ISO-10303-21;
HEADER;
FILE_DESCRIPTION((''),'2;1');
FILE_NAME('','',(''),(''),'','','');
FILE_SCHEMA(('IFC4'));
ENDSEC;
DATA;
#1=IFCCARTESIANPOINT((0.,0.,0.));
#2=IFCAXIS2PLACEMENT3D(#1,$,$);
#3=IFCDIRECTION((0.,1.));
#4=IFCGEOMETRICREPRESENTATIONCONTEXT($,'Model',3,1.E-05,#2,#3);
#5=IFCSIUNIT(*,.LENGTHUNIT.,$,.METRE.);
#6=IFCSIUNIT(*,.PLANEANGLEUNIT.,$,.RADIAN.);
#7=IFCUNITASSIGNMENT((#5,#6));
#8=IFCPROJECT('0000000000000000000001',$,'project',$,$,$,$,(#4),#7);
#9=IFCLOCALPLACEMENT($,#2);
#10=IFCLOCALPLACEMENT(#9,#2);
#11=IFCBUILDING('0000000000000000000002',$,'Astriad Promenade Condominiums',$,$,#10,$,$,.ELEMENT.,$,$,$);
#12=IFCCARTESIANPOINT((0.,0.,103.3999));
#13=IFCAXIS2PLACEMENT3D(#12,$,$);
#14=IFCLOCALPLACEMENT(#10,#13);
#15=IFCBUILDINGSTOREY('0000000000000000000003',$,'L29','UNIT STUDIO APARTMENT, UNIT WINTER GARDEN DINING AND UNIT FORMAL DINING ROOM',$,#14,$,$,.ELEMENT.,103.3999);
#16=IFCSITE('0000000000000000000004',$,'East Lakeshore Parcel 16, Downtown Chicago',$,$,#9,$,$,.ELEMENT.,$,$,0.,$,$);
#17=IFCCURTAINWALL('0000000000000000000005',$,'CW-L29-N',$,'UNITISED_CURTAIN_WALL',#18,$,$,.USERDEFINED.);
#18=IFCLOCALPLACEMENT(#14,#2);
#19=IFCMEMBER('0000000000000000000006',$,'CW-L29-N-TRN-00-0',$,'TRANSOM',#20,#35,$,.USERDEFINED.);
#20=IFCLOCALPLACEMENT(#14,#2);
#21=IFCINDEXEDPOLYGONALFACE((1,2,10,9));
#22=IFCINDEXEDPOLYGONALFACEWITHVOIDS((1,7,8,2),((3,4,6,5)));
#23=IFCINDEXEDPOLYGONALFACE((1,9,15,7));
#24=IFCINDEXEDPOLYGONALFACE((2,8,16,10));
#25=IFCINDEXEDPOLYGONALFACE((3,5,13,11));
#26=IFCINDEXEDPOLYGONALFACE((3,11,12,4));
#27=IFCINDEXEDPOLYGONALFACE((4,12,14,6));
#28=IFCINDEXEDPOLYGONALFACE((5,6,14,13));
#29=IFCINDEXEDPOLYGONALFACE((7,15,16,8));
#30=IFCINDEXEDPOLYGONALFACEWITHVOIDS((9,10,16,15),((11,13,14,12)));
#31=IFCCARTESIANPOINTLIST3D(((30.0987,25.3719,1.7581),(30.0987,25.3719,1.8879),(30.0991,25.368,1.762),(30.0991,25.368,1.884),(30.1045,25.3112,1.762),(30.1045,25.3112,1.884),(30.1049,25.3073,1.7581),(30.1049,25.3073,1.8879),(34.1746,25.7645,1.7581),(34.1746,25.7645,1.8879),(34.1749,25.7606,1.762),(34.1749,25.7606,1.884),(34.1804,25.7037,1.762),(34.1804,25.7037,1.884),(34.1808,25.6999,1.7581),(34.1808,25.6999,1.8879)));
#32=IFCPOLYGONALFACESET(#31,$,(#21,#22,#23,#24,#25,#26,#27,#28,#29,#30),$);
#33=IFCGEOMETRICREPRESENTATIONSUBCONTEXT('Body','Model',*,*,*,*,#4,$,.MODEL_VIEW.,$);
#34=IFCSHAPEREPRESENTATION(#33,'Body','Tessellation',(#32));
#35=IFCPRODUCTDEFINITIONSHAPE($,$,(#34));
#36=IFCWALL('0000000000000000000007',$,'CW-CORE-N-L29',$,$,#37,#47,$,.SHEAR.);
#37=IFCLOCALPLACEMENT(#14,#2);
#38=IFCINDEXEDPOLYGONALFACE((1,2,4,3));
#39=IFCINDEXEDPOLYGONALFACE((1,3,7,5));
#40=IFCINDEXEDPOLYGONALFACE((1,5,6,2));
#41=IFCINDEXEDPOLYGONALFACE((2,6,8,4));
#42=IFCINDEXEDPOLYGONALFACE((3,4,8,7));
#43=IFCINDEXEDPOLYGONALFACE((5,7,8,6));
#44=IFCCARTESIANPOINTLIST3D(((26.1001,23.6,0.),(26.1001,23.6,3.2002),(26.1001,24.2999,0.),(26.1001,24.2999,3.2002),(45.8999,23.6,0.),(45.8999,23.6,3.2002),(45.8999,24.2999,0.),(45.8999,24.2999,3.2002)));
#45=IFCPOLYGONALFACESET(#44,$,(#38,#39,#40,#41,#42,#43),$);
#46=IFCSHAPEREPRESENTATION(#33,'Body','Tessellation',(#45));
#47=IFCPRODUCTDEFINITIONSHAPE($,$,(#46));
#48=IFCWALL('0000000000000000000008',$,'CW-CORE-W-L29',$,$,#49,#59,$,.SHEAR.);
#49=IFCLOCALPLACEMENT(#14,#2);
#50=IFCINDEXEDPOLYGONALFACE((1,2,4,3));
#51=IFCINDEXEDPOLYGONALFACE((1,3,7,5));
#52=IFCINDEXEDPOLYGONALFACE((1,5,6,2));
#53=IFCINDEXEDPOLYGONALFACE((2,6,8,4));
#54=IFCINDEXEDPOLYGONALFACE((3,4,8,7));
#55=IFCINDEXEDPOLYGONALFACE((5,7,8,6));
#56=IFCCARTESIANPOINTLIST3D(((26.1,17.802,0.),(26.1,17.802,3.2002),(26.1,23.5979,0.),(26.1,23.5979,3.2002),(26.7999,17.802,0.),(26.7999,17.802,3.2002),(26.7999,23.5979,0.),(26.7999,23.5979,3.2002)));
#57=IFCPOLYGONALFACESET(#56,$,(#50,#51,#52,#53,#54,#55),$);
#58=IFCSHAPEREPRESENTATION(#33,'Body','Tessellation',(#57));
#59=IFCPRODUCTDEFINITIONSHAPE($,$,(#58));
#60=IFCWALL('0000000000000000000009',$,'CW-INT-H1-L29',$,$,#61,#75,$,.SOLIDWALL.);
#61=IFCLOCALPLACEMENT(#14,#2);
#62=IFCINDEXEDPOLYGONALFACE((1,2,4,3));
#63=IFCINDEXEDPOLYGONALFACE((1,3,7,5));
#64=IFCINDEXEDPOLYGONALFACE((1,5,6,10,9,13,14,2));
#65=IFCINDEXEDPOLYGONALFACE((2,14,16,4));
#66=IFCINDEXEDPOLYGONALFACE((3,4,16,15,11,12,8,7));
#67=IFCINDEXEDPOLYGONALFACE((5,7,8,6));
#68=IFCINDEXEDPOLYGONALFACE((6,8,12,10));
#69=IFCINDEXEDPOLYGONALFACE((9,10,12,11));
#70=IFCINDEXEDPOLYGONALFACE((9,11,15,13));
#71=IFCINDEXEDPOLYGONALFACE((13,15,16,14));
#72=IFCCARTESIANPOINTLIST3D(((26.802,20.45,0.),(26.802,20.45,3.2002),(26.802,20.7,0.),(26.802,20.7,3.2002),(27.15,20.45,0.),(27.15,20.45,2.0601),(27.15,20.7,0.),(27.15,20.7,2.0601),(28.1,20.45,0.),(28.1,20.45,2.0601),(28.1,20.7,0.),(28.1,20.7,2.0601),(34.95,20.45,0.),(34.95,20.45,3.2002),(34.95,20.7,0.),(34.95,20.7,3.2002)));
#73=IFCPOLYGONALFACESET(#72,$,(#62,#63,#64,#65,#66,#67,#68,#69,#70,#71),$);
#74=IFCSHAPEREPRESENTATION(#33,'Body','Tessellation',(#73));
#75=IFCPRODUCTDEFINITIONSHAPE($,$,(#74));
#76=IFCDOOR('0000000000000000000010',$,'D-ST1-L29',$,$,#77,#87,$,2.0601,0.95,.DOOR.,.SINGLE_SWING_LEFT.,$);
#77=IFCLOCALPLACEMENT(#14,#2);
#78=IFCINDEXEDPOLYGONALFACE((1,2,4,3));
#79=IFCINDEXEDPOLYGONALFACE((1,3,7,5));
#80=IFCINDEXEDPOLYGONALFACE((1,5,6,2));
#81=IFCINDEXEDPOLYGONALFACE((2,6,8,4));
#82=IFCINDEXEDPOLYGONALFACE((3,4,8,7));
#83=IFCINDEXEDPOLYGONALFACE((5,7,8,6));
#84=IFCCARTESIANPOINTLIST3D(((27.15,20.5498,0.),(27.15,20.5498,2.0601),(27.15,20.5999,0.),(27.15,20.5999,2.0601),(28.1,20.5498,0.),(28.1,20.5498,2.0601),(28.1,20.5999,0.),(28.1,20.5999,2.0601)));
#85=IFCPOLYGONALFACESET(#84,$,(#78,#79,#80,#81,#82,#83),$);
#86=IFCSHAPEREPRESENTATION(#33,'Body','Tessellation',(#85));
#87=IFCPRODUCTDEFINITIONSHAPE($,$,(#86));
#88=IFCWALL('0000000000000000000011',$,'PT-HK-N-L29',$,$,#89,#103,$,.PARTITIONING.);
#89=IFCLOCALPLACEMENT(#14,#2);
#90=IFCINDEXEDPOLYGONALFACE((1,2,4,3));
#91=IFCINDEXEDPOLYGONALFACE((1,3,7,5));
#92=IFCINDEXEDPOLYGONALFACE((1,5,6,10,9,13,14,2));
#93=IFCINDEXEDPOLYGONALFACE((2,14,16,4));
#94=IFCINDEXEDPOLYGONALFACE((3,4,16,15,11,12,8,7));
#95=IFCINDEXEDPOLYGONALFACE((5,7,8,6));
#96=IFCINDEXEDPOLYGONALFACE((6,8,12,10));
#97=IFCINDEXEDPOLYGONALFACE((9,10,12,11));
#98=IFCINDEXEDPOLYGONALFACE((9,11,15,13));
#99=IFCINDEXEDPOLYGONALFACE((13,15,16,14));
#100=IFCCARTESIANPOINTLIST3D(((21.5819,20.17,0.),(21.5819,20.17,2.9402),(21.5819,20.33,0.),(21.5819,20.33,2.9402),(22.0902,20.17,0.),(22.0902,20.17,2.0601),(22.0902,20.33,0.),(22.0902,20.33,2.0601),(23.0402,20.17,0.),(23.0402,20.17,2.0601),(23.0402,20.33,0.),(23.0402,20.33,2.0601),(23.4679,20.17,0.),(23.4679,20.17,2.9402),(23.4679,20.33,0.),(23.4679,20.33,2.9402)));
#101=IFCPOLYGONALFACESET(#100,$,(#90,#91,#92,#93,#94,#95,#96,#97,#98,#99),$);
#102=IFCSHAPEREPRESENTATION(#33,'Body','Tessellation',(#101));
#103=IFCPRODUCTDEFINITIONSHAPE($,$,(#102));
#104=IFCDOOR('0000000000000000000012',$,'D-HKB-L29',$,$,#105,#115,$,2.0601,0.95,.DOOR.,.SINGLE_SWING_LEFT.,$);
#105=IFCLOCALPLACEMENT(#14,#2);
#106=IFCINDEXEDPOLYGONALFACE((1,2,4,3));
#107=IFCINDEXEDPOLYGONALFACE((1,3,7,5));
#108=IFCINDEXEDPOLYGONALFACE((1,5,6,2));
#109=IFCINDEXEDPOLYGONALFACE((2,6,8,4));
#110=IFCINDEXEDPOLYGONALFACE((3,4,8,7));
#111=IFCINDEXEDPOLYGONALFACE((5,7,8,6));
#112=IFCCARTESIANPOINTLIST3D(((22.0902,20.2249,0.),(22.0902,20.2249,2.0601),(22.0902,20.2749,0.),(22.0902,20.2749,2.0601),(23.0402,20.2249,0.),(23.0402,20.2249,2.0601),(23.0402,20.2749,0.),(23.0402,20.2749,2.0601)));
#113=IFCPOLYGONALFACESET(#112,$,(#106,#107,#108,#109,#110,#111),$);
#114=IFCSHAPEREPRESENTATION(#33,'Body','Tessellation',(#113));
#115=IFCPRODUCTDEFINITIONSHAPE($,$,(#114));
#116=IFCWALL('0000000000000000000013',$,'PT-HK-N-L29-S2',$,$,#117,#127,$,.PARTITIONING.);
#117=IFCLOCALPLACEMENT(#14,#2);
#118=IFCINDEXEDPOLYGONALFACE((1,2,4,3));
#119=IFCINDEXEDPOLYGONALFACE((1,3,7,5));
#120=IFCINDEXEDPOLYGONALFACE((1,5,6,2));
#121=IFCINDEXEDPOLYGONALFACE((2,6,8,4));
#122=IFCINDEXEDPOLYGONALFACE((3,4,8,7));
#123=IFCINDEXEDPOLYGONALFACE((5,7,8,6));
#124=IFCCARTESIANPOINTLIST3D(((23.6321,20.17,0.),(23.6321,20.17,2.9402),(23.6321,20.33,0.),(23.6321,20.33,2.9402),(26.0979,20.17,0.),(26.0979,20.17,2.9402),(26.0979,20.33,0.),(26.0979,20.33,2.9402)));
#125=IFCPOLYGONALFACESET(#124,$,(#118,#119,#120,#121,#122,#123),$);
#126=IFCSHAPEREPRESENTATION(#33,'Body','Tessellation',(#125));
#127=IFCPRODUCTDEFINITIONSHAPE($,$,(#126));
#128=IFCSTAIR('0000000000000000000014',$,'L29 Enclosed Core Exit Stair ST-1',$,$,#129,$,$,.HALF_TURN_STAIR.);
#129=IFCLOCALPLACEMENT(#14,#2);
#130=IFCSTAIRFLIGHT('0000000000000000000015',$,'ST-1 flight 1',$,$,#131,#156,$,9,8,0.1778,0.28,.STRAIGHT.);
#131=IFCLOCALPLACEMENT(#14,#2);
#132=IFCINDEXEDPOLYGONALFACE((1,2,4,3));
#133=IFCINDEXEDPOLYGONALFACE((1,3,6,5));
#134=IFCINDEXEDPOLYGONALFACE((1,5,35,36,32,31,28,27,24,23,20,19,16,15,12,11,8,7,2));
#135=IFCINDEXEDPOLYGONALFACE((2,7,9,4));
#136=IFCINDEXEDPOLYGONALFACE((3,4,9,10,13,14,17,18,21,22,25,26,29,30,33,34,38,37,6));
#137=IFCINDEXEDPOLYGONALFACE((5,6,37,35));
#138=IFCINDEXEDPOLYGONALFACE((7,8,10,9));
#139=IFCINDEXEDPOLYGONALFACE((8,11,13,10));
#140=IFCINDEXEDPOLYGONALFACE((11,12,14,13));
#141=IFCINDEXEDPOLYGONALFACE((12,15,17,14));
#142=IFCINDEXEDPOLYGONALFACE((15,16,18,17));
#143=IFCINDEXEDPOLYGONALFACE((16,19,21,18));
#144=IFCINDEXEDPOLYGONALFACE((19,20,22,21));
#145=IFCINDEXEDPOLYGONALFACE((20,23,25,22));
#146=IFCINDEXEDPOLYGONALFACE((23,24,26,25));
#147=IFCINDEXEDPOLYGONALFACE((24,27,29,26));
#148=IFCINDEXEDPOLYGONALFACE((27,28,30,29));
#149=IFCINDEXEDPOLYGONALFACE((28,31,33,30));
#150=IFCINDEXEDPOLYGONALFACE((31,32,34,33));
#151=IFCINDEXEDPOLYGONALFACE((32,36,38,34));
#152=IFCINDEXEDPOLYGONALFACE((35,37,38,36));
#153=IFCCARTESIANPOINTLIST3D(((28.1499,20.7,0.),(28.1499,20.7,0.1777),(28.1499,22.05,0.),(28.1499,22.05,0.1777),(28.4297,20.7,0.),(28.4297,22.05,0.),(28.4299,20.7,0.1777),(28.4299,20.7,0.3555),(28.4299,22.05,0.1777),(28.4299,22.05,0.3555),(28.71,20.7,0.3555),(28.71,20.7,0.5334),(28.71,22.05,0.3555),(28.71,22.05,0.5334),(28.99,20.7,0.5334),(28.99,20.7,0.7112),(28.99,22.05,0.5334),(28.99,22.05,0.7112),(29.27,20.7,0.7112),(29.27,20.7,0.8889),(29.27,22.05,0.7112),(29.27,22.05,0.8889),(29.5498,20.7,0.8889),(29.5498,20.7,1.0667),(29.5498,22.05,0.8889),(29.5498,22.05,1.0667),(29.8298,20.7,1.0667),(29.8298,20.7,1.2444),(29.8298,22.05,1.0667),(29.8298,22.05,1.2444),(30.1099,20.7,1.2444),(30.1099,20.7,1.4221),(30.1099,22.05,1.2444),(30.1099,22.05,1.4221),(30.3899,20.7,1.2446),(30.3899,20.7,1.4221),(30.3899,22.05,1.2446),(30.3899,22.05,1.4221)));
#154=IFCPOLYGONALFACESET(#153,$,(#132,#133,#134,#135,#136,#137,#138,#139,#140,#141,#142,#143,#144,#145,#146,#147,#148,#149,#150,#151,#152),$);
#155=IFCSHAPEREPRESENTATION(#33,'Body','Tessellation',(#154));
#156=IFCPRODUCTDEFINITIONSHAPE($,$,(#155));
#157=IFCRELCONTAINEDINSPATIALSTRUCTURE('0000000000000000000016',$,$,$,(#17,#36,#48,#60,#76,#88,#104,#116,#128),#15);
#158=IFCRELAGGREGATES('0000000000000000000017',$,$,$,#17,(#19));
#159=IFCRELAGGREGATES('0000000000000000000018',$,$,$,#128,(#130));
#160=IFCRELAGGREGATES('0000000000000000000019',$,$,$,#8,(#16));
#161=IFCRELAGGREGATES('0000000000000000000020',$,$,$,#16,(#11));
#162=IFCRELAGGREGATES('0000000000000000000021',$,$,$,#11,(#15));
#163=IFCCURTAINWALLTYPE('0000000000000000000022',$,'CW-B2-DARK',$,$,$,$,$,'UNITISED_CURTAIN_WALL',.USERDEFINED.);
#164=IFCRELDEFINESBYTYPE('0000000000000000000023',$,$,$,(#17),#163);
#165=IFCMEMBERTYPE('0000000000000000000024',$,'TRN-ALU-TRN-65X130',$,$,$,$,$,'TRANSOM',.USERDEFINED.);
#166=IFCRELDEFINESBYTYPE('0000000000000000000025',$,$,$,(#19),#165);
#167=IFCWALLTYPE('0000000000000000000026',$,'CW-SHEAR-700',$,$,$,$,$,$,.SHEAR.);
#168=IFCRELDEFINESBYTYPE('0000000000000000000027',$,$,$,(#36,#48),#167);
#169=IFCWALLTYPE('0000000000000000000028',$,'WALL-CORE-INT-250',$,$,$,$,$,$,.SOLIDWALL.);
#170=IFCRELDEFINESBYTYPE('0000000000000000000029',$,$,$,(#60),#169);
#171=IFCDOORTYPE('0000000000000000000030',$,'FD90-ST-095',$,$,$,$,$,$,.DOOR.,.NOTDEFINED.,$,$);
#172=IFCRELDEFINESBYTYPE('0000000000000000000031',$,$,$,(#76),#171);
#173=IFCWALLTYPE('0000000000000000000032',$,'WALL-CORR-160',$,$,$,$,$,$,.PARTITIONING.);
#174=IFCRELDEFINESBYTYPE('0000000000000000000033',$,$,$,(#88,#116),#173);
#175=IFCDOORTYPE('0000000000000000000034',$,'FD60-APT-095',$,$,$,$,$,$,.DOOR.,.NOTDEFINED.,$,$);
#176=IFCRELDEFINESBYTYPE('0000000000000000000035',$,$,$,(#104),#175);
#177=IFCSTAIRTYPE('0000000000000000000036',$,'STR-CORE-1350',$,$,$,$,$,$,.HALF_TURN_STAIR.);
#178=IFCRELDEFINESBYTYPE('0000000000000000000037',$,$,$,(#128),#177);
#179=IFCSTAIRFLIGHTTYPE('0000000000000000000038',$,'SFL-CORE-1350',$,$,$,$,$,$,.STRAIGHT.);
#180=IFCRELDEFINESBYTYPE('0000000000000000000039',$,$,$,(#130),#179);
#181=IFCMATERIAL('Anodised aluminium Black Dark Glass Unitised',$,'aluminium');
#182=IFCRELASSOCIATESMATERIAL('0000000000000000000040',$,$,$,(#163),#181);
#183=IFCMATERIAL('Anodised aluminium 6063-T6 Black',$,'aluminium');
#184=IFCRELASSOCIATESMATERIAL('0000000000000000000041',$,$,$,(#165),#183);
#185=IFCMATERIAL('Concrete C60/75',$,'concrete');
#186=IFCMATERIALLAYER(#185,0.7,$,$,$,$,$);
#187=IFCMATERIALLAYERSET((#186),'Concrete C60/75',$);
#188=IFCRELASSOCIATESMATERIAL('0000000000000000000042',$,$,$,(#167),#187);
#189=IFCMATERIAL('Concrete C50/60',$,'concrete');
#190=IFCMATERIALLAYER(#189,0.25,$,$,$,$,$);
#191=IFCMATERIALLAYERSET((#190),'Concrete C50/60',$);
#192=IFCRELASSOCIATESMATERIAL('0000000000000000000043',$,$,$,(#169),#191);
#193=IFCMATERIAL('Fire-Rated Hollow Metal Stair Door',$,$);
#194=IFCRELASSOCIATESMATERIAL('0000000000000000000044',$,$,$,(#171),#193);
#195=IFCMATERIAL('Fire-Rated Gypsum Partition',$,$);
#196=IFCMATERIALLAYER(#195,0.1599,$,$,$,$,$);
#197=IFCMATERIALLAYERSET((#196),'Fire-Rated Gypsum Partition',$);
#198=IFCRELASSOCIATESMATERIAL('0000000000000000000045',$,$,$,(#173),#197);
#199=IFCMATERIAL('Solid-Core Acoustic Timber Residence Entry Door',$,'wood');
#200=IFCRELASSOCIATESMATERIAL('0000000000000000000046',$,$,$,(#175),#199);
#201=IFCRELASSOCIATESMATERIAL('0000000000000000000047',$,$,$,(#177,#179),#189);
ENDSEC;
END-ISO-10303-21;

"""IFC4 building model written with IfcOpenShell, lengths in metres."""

from ifc_helpers import new_model, si_unit, direction, frame, frame_2d, origin, origin_2d, place, context, subcontext, project, spatial, polyline, rectangle, hollow_rectangle, outline, extrude, source, transform, mapped, material, layer, layer_set, material_profile, profile_set, type_object, type_shapes, element, fill, aggregate, save


model = new_model("IFC4")

# Units and contexts
model_context = context("Model", 3, precision=1e-05, world=origin(), true_north=direction((0.0, 1.0)))
body_context = subcontext(model_context, "Body", "Model", "MODEL_VIEW")
ifc_project = project(units=[si_unit("LENGTHUNIT", "METRE"), si_unit("PLANEANGLEUNIT", "RADIAN")], contexts=[model_context])

# Site, building, storey
site_placement = place(None, origin())
site = spatial("IfcSite", under=ifc_project, at=site_placement, Name="East Lakeshore Parcel 16, Downtown Chicago", CompositionType="ELEMENT", RefElevation=0.0)
building_placement = place(site_placement, origin())
building = spatial("IfcBuilding", under=site, at=building_placement, Name="Astriad Promenade Condominiums", CompositionType="ELEMENT")
storey_placement = place(building_placement, frame((0.0, 0.0, 103.3999)))
storey = spatial("IfcBuildingStorey", under=building, at=storey_placement, Name="L29", Description="UNIT STUDIO APARTMENT, UNIT WINTER GARDEN DINING AND UNIT FORMAL DINING ROOM", CompositionType="ELEMENT", Elevation=103.3999)

# Shared definitions
ifc_material_1 = material(Name="Concrete C60/75", Category="concrete")

# Curtain wall, member
ifc_material_2 = material(Name="Anodised aluminium Black Dark Glass Unitised", Category="aluminium")
curtain_wall_type = type_object("IfcCurtainWallType", Name="CW-B2-DARK", ElementType="UNITISED_CURTAIN_WALL", PredefinedType="USERDEFINED", material=ifc_material_2)
curtain_wall_placement = place(storey_placement, origin())
curtain_wall = element("IfcCurtainWall", 1, at=curtain_wall_placement, inside=storey, type_object=curtain_wall_type, Name="CW-L29-N", ObjectType="UNITISED_CURTAIN_WALL", PredefinedType="USERDEFINED")
ifc_material_3 = material(Name="Anodised aluminium 6063-T6 Black", Category="aluminium")
ifc_material_profile_1 = material_profile(ifc_material_3, hollow_rectangle(XDim=0.0649, YDim=0.1299, WallThickness=0.0039, at=origin_2d()), Name="ALU-TRN-65X130")
ifc_profile_set_1 = profile_set([ifc_material_profile_1], Name="Anodised aluminium 6063-T6 Black")
member_type_1 = type_object("IfcMemberType", Name="TRN-ALU-TRN-65X130", ElementType="TRANSOM", PredefinedType="USERDEFINED", material=ifc_profile_set_1)
shared_shape_1 = source(origin(), body_context, "Body", "SweptSolid", [
    extrude(hollow_rectangle(XDim=0.0649, YDim=0.1299, WallThickness=0.0039, at=origin_2d()), origin(), (0.0, 0.0, 1.0), 4.0947),
])
type_shapes(member_type_1, [shared_shape_1])
member_1_placement = place(storey_placement, frame((30.1018, 25.3396, 1.823), z_axis=(0.995394, 0.095873, 0.0), x_axis=(-0.095873, 0.995394, 0.0)))
member_1 = element("IfcMember", 2, at=member_1_placement, type_object=member_type_1, Name="CW-L29-N-TRN-00-0", ObjectType="TRANSOM", PredefinedType="USERDEFINED", context=body_context, shape_type="MappedRepresentation", body=[
    mapped(shared_shape_1, transform((0.0, 0.0, 0.0), scale=1.0)),
])
aggregate(curtain_wall, [member_1])

# Walls
ifc_layer_1 = layer(ifc_material_1, 0.7)
ifc_layer_set_1 = layer_set([ifc_layer_1], Name="Concrete C60/75")
wall_type_1 = type_object("IfcWallType", Name="CW-SHEAR-700", PredefinedType="SHEAR", material=ifc_layer_set_1)
wall_1_placement = place(storey_placement, frame((26.1001, 23.95, 0.0), z_axis=(0.0, 0.0, 1.0), x_axis=(1.0, 0.0, 0.0)))
element("IfcWall", 3, at=wall_1_placement, inside=storey, type_object=wall_type_1, Name="CW-CORE-N-L29", PredefinedType="SHEAR", context=body_context, shape_type="SweptSolid", body=[
    extrude(rectangle(XDim=19.7998, YDim=0.7, at=frame_2d((9.8999, 0.0))), origin(), (0.0, 0.0, 1.0), 3.2002),
])
wall_2_placement = place(storey_placement, frame((26.45, 17.802, 0.0), z_axis=(0.0, 0.0, 1.0), x_axis=(0.0, 1.0, 0.0)))
element("IfcWall", 4, at=wall_2_placement, inside=storey, type_object=wall_type_1, Name="CW-CORE-W-L29", PredefinedType="SHEAR", context=body_context, shape_type="SweptSolid", body=[
    extrude(rectangle(XDim=5.7959, YDim=0.7, at=frame_2d((2.8979, 0.0))), origin(), (0.0, 0.0, 1.0), 3.2002),
])

# Walls, openings, doors
ifc_material_4 = material(Name="Concrete C50/60", Category="concrete")
ifc_layer_2 = layer(ifc_material_4, 0.25)
ifc_layer_set_2 = layer_set([ifc_layer_2], Name="Concrete C50/60")
wall_type_2 = type_object("IfcWallType", Name="WALL-CORE-INT-250", PredefinedType="SOLIDWALL", material=ifc_layer_set_2)
wall_3_placement = place(storey_placement, frame((26.802, 20.575, 0.0), z_axis=(0.0, 0.0, 1.0), x_axis=(1.0, 0.0, 0.0)))
wall_3 = element("IfcWall", 5, at=wall_3_placement, inside=storey, type_object=wall_type_2, Name="CW-INT-H1-L29", PredefinedType="SOLIDWALL", context=body_context, shape_type="SweptSolid", body=[
    extrude(rectangle(XDim=8.1479, YDim=0.25, at=frame_2d((4.074, 0.0))), origin(), (0.0, 0.0, 1.0), 3.2002),
])
opening_1_placement = place(wall_3_placement, frame((0.3479, 0.0, 0.0)))
opening_1 = element("IfcOpeningElement", 6, at=opening_1_placement, cuts=wall_3, PredefinedType="OPENING", context=body_context, shape_type="SweptSolid", body=[
    extrude(rectangle(XDim=0.95, YDim=2.0601, at=frame_2d((0.4751, 1.03))), frame((0.0, 0.135, 0.0), z_axis=(0.0, -1.0, 0.0), x_axis=(1.0, 0.0, 0.0)), (0.0, 0.0, 1.0), 0.27),
])
ifc_material_5 = material(Name="Fire-Rated Hollow Metal Stair Door")
door_type_1 = type_object("IfcDoorType", Name="FD90-ST-095", OperationType="NOTDEFINED", PredefinedType="DOOR", material=ifc_material_5)
shared_shape_2 = source(origin(), body_context, "Body", "SweptSolid", [
    extrude(rectangle(XDim=0.95, YDim=2.0601, at=frame_2d((0.4751, 1.03))), frame((0.0, 0.0249, 0.0), z_axis=(0.0, -1.0, 0.0), x_axis=(1.0, 0.0, 0.0)), (0.0, 0.0, 1.0), 0.05),
])
type_shapes(door_type_1, [shared_shape_2])
door_1_placement = place(opening_1_placement, origin())
door_1 = element("IfcDoor", 7, at=door_1_placement, inside=storey, type_object=door_type_1, Name="D-ST1-L29", OperationType="SINGLE_SWING_LEFT", OverallHeight=2.0601, OverallWidth=0.95, PredefinedType="DOOR", context=body_context, shape_type="MappedRepresentation", body=[
    mapped(shared_shape_2, transform((0.0, 0.0, 0.0), scale=1.0)),
])
fill(opening_1, door_1)
ifc_material_6 = material(Name="Fire-Rated Gypsum Partition")
ifc_layer_3 = layer(ifc_material_6, 0.1599)
ifc_layer_set_3 = layer_set([ifc_layer_3], Name="Fire-Rated Gypsum Partition")
wall_type_3 = type_object("IfcWallType", Name="WALL-CORR-160", PredefinedType="PARTITIONING", material=ifc_layer_set_3)
wall_4_placement = place(storey_placement, frame((21.582, 20.25, 0.0), z_axis=(0.0, 0.0, 1.0), x_axis=(1.0, 0.0, 0.0)))
wall_4 = element("IfcWall", 8, at=wall_4_placement, inside=storey, type_object=wall_type_3, Name="PT-HK-N-L29", PredefinedType="PARTITIONING", context=body_context, shape_type="SweptSolid", body=[
    extrude(rectangle(XDim=1.886, YDim=0.1599, at=frame_2d((0.9429, 0.0))), origin(), (0.0, 0.0, 1.0), 2.9402),
])
opening_2_placement = place(wall_4_placement, frame((0.5081, 0.0, 0.0)))
opening_2 = element("IfcOpeningElement", 9, at=opening_2_placement, cuts=wall_4, PredefinedType="OPENING", context=body_context, shape_type="SweptSolid", body=[
    extrude(rectangle(XDim=0.95, YDim=2.0601, at=frame_2d((0.4751, 1.03))), frame((0.0, 0.0898, 0.0), z_axis=(0.0, -1.0, 0.0), x_axis=(1.0, 0.0, 0.0)), (0.0, 0.0, 1.0), 0.1799),
])
ifc_material_7 = material(Name="Solid-Core Acoustic Timber Residence Entry Door", Category="wood")
door_type_2 = type_object("IfcDoorType", Name="FD60-APT-095", OperationType="NOTDEFINED", PredefinedType="DOOR", material=ifc_material_7)
shared_shape_3 = source(origin(), body_context, "Body", "SweptSolid", [
    extrude(rectangle(XDim=0.95, YDim=2.0601, at=frame_2d((0.4751, 1.03))), frame((0.0, 0.0249, 0.0), z_axis=(0.0, -1.0, 0.0), x_axis=(1.0, 0.0, 0.0)), (0.0, 0.0, 1.0), 0.05),
])
type_shapes(door_type_2, [shared_shape_3])
door_2_placement = place(opening_2_placement, origin())
door_2 = element("IfcDoor", 10, at=door_2_placement, inside=storey, type_object=door_type_2, Name="D-HKB-L29", OperationType="SINGLE_SWING_LEFT", OverallHeight=2.0601, OverallWidth=0.95, PredefinedType="DOOR", context=body_context, shape_type="MappedRepresentation", body=[
    mapped(shared_shape_3, transform((0.0, 0.0, 0.0), scale=1.0)),
])
fill(opening_2, door_2)

# Wall
wall_5_placement = place(storey_placement, frame((23.6321, 20.25, 0.0), z_axis=(0.0, 0.0, 1.0), x_axis=(1.0, 0.0, 0.0)))
element("IfcWall", 11, at=wall_5_placement, inside=storey, type_object=wall_type_3, Name="PT-HK-N-L29-S2", PredefinedType="PARTITIONING", context=body_context, shape_type="SweptSolid", body=[
    extrude(rectangle(XDim=2.4658, YDim=0.1599, at=frame_2d((1.2329, 0.0))), origin(), (0.0, 0.0, 1.0), 2.9402),
])

# Stair, stair flight
stair_type = type_object("IfcStairType", Name="STR-CORE-1350", PredefinedType="HALF_TURN_STAIR", material=ifc_material_4)
stair_placement = place(storey_placement, origin())
stair = element("IfcStair", 12, at=stair_placement, inside=storey, type_object=stair_type, Name="L29 Enclosed Core Exit Stair ST-1", PredefinedType="HALF_TURN_STAIR")
stair_flight_type = type_object("IfcStairFlightType", Name="SFL-CORE-1350", PredefinedType="STRAIGHT", material=ifc_material_4)
shared_shape_4 = source(origin(), body_context, "Body", "SweptSolid", [
    extrude(outline(polyline([(0.0, 0.0), (0.0, 0.1777), (0.28, 0.1777), (0.28, 0.3555), (0.5601, 0.3555), (0.5601, 0.5334), (0.8401, 0.5334), (0.8401, 0.7112), (1.1201, 0.7112), (1.1201, 0.8889), (1.3999, 0.8889), (1.3999, 1.0667), (1.6799, 1.0667), (1.6799, 1.2444), (1.96, 1.2444), (1.96, 1.4221), (2.24, 1.4221), (2.24, 1.6001), (2.24, 1.2446), (0.2798, 0.0), (0.0, 0.0)])), frame((0.0, 0.675, 0.0), z_axis=(0.0, -1.0, 0.0), x_axis=(1.0, 0.0, 0.0)), (0.0, 0.0, 1.0), 1.3501),
])
type_shapes(stair_flight_type, [shared_shape_4])
stair_flight_placement = place(storey_placement, frame((28.1499, 21.375, 0.0), z_axis=(0.0, 0.0, 1.0), x_axis=(1.0, 0.0, 0.0)))
stair_flight = element("IfcStairFlight", 13, at=stair_flight_placement, type_object=stair_flight_type, Name="ST-1 flight 1", NumberOfRisers=9, NumberOfTreads=8, PredefinedType="STRAIGHT", RiserHeight=0.1778, TreadLength=0.28, context=body_context, shape_type="MappedRepresentation", body=[
    mapped(shared_shape_4, transform((0.0, 0.0, 0.0), scale=1.0)),
])
aggregate(stair, [stair_flight])

save(model, "model.ifc")
